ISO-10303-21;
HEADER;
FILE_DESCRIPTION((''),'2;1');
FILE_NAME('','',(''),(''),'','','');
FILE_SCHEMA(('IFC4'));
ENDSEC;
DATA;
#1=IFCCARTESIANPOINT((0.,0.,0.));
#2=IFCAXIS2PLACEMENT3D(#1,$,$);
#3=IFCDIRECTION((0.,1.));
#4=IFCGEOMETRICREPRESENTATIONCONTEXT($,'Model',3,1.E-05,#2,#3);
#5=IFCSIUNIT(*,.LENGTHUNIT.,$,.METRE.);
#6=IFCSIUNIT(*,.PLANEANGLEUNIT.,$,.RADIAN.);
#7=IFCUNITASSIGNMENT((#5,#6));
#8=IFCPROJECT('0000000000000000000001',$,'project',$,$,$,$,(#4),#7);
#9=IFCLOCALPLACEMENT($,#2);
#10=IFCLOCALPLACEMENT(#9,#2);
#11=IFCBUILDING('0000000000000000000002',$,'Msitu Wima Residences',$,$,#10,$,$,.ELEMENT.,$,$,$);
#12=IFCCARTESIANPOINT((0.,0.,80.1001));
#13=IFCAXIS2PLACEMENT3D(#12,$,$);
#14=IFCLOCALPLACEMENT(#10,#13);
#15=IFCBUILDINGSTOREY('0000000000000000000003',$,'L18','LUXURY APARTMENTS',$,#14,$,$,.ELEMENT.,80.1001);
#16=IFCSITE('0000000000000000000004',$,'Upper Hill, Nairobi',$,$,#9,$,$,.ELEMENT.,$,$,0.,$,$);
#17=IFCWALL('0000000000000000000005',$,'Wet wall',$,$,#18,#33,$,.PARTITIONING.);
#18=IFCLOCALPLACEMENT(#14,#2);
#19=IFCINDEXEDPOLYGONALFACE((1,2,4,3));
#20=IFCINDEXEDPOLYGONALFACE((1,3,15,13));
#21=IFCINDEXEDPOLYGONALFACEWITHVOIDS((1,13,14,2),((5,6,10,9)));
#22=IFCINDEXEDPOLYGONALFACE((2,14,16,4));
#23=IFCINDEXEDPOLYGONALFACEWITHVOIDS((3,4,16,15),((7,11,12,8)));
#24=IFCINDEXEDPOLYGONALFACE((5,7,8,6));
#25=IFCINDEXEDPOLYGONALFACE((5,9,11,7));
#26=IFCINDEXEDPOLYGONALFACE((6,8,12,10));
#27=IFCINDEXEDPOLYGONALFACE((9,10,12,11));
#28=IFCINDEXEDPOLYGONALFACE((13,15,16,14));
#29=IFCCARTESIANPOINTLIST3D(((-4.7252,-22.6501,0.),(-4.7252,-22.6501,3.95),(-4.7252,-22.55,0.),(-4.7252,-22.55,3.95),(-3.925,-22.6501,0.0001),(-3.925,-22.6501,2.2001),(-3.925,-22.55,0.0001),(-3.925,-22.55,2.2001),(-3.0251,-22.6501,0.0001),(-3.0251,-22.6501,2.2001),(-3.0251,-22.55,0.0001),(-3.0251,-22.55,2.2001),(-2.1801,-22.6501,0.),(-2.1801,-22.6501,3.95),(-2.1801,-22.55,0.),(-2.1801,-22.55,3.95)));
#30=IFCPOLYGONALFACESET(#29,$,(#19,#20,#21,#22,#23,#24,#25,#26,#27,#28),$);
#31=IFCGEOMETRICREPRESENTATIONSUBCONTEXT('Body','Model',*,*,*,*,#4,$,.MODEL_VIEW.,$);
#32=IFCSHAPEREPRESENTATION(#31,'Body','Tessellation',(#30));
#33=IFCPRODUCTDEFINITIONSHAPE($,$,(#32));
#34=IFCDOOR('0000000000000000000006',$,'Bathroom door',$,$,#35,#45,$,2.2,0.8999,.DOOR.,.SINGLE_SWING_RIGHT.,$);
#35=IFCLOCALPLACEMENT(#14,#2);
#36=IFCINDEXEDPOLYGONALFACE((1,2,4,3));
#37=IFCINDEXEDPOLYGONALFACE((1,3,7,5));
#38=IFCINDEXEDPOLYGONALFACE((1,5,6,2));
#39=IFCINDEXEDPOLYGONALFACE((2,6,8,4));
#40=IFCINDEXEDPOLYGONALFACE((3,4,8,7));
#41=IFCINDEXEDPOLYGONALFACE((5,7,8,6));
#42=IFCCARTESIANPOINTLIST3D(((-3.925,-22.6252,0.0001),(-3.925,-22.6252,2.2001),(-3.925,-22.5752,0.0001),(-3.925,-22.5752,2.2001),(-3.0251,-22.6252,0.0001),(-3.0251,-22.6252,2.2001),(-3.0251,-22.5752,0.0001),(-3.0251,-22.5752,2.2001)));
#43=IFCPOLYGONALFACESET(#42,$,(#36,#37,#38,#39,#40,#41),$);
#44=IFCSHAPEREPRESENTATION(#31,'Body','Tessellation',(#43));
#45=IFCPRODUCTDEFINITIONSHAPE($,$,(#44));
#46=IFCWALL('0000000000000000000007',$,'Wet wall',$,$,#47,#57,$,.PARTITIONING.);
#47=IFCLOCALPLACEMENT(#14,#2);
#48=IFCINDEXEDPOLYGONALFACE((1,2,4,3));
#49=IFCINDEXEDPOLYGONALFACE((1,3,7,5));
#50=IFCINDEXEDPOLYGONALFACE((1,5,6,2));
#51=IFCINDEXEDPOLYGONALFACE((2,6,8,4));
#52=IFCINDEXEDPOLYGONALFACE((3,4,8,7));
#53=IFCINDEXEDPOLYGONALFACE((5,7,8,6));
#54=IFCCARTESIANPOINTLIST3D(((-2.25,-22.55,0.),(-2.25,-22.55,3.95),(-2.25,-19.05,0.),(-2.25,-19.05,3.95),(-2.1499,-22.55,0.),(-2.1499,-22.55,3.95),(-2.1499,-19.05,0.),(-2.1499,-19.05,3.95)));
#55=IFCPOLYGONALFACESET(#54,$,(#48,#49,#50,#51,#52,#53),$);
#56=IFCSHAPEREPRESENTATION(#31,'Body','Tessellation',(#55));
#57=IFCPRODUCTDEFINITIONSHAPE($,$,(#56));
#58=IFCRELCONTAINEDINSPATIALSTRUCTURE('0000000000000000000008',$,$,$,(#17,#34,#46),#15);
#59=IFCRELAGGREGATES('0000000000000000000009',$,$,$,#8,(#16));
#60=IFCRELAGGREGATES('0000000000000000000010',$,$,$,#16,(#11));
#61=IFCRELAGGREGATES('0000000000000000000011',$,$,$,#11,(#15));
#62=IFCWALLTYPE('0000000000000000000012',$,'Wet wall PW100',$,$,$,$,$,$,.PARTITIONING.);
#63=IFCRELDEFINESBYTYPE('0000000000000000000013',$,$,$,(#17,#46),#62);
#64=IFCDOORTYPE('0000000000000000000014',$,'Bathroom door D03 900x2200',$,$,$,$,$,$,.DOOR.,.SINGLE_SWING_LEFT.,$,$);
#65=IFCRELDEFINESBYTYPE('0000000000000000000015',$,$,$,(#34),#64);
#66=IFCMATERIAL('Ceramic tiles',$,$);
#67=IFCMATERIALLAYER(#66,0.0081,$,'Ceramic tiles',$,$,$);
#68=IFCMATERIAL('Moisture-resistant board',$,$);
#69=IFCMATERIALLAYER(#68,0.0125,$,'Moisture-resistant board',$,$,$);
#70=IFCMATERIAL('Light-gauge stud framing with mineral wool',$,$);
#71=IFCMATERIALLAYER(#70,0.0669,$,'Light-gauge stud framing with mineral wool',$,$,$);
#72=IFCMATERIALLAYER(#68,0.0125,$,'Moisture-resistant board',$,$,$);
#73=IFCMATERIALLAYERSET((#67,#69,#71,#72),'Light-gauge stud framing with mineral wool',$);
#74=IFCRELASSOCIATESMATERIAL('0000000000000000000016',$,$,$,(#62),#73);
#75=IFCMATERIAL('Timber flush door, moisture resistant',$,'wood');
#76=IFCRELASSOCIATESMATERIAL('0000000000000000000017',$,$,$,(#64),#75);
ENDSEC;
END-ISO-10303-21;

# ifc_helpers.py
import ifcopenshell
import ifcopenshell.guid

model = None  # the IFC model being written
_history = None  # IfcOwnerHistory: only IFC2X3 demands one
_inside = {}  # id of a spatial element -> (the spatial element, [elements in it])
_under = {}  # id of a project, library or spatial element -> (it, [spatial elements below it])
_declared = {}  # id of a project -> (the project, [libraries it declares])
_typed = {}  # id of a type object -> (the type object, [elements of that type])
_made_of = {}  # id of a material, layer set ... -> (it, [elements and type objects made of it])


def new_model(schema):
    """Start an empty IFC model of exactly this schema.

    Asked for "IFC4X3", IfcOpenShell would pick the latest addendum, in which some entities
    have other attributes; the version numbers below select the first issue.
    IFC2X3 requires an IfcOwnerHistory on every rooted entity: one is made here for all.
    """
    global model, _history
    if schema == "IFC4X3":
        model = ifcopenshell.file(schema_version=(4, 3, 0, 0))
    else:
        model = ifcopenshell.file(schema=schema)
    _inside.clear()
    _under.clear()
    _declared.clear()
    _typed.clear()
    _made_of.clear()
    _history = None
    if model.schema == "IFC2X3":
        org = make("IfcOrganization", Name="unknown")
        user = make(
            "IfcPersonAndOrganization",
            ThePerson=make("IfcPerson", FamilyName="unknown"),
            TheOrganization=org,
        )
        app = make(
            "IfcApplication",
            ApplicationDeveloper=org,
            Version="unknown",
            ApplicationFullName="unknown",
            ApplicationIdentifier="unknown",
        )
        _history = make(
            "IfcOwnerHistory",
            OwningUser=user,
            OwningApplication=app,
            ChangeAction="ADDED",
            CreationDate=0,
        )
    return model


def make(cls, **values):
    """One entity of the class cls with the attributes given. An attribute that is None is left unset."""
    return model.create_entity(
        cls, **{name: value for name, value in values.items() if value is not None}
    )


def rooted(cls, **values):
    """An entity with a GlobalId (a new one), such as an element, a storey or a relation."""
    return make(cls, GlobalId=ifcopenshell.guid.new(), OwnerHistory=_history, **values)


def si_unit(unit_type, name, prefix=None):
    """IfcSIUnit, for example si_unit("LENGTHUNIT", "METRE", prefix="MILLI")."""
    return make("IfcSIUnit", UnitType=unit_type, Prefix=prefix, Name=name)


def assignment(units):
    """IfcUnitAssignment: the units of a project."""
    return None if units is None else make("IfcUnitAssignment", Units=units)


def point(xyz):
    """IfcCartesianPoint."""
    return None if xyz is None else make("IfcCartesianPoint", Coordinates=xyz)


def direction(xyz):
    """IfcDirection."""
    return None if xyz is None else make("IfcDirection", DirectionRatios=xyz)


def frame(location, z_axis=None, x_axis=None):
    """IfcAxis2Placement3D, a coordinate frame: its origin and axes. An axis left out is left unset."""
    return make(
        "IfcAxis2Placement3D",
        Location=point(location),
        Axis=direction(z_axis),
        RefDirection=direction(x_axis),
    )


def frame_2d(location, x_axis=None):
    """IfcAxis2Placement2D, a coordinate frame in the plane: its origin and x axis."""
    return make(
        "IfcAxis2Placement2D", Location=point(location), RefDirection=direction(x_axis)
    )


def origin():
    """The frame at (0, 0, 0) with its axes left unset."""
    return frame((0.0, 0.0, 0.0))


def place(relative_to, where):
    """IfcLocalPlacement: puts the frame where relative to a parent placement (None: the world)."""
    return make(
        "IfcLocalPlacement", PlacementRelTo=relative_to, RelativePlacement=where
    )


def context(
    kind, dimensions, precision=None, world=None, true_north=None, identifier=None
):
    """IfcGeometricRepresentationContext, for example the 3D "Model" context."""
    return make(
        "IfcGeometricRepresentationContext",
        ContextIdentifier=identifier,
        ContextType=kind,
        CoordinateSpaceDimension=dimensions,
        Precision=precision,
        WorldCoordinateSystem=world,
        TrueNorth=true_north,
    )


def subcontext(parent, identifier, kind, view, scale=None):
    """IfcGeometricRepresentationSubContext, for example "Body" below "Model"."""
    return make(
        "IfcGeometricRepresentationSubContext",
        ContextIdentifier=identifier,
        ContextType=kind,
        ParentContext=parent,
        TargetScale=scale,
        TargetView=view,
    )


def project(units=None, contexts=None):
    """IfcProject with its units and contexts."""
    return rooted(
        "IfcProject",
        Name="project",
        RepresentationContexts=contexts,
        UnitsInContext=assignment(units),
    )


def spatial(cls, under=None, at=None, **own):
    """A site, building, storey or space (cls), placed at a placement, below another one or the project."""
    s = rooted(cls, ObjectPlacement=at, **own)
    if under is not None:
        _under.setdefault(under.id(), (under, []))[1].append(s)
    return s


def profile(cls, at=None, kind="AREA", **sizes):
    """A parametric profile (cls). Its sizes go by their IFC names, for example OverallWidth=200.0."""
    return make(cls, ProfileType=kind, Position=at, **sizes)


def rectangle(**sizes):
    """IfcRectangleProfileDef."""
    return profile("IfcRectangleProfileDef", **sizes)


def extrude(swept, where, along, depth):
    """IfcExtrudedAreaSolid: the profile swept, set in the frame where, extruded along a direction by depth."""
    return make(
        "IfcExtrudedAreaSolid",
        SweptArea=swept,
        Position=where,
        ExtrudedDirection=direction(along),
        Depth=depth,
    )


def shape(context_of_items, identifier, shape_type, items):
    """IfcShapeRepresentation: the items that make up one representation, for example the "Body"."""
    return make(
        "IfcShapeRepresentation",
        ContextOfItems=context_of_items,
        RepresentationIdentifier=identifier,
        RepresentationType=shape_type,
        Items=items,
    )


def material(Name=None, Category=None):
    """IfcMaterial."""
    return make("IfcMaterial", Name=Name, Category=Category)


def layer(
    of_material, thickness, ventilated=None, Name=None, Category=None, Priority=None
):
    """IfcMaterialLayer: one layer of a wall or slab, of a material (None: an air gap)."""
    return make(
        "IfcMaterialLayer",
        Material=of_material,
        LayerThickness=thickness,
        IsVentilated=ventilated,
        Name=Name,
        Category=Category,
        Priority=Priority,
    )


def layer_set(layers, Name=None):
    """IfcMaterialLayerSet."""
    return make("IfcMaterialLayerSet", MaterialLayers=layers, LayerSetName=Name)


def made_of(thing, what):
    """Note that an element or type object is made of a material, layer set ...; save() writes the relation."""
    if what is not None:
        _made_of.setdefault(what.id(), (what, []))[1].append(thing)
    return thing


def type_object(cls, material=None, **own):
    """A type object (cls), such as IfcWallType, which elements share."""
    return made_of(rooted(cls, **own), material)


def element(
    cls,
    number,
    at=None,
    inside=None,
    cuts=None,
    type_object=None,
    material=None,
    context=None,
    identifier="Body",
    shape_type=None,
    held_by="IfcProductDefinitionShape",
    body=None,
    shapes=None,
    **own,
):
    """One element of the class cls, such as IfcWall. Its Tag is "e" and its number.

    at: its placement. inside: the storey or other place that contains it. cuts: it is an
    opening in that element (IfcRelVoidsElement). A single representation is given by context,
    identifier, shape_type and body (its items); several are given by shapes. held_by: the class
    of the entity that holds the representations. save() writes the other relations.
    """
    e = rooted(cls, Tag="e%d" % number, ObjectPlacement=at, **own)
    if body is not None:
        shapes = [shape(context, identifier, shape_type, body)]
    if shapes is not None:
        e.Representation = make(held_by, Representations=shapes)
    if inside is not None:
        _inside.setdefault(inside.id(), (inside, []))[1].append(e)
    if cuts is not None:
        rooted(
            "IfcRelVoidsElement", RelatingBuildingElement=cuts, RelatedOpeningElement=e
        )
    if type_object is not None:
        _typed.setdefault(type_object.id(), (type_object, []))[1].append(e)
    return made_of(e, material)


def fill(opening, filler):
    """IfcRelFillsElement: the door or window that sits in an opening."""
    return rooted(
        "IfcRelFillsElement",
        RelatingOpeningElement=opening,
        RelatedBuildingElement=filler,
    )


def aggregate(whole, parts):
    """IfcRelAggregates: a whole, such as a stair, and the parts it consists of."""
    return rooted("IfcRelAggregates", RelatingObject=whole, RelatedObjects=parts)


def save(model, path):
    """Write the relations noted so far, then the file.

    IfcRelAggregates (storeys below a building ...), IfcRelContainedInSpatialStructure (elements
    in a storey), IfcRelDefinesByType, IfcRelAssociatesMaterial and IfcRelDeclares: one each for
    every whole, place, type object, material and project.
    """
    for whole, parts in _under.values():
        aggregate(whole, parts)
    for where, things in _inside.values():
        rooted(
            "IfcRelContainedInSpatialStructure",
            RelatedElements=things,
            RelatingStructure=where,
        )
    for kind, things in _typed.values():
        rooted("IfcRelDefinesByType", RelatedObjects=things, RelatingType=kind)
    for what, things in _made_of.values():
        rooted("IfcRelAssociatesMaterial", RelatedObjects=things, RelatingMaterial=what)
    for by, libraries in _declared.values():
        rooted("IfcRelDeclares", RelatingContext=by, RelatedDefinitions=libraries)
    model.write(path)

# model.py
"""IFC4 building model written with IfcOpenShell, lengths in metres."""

from ifc_helpers import new_model, si_unit, direction, frame, frame_2d, origin, place, context, subcontext, project, spatial, rectangle, extrude, material, layer, layer_set, type_object, element, fill, save


model = new_model("IFC4")

# Units and contexts
model_context = context("Model", 3, precision=1e-05, world=origin(), true_north=direction((0.0, 1.0)))
body_context = subcontext(model_context, "Body", "Model", "MODEL_VIEW")
ifc_project = project(units=[si_unit("LENGTHUNIT", "METRE"), si_unit("PLANEANGLEUNIT", "RADIAN")], contexts=[model_context])

# Site, building, storey
site_placement = place(None, origin())
site = spatial("IfcSite", under=ifc_project, at=site_placement, Name="Upper Hill, Nairobi", CompositionType="ELEMENT", RefElevation=0.0)
building_placement = place(site_placement, origin())
building = spatial("IfcBuilding", under=site, at=building_placement, Name="Msitu Wima Residences", CompositionType="ELEMENT")
storey_placement = place(building_placement, frame((0.0, 0.0, 80.1001)))
storey = spatial("IfcBuildingStorey", under=building, at=storey_placement, Name="L18", Description="LUXURY APARTMENTS", CompositionType="ELEMENT", Elevation=80.1001)

# Shared definitions
ifc_material_1 = material(Name="Ceramic tiles")
ifc_layer_1 = layer(ifc_material_1, 0.0081, Name="Ceramic tiles")
ifc_material_2 = material(Name="Moisture-resistant board")
ifc_layer_2 = layer(ifc_material_2, 0.0125, Name="Moisture-resistant board")
ifc_material_3 = material(Name="Light-gauge stud framing with mineral wool")
ifc_layer_3 = layer(ifc_material_3, 0.0669, Name="Light-gauge stud framing with mineral wool")
ifc_layer_4 = layer(ifc_material_2, 0.0125, Name="Moisture-resistant board")
ifc_layer_set_1 = layer_set([ifc_layer_1, ifc_layer_2, ifc_layer_3, ifc_layer_4], Name="Light-gauge stud framing with mineral wool")
wall_type_1 = type_object("IfcWallType", Name="Wet wall PW100", PredefinedType="PARTITIONING", material=ifc_layer_set_1)
ifc_material_4 = material(Name="Timber flush door, moisture resistant", Category="wood")
door_type_1 = type_object("IfcDoorType", Name="Bathroom door D03 900x2200", OperationType="SINGLE_SWING_LEFT", PredefinedType="DOOR", material=ifc_material_4)

# Wall, opening, door
wall_1_placement = place(storey_placement, frame((-4.7251, -22.6001, 0.0), z_axis=(0.0, 0.0, 1.0), x_axis=(1.0, 0.0, 0.0)))
wall_1 = element("IfcWall", 1, at=wall_1_placement, inside=storey, type_object=wall_type_1, Name="Wet wall", PredefinedType="PARTITIONING", context=body_context, shape_type="SweptSolid", body=[
    extrude(rectangle(XDim=2.5452, YDim=0.1001, at=frame_2d((1.2725, 0.0))), origin(), (0.0, 0.0, 1.0), 3.95),
])
opening_1_placement = place(wall_1_placement, frame((0.8, 0.0, 0.0)))
opening_1 = element("IfcOpeningElement", 2, at=opening_1_placement, cuts=wall_1, PredefinedType="OPENING", context=body_context, shape_type="SweptSolid", body=[
    extrude(rectangle(XDim=0.8999, YDim=2.2, at=frame_2d((0.45, 1.1001))), frame((0.0, 0.0601, 0.0), z_axis=(0.0, -1.0, 0.0), x_axis=(1.0, 0.0, 0.0)), (0.0, 0.0, 1.0), 0.1201),
])
door_1_placement = place(opening_1_placement, origin())
door_1 = element("IfcDoor", 3, at=door_1_placement, inside=storey, type_object=door_type_1, Name="Bathroom door", OperationType="SINGLE_SWING_RIGHT", OverallHeight=2.2, OverallWidth=0.8999, PredefinedType="DOOR", context=body_context, shape_type="SweptSolid", body=[
    extrude(rectangle(XDim=0.8999, YDim=2.2, at=frame_2d((0.45, 1.1001))), frame((0.0, 0.0249, 0.0), z_axis=(0.0, -1.0, 0.0), x_axis=(1.0, 0.0, 0.0)), (0.0, 0.0, 1.0), 0.05),
])
fill(opening_1, door_1)

# Wall
wall_2_placement = place(storey_placement, frame((-2.2, -22.55, 0.0), z_axis=(0.0, 0.0, 1.0), x_axis=(0.0, 1.0, 0.0)))
element("IfcWall", 4, at=wall_2_placement, inside=storey, type_object=wall_type_1, Name="Wet wall", PredefinedType="PARTITIONING", context=body_context, shape_type="SweptSolid", body=[
    extrude(rectangle(XDim=3.5, YDim=0.1001, at=frame_2d((1.75, 0.0))), origin(), (0.0, 0.0, 1.0), 3.95),
])

save(model, "model.ifc")
